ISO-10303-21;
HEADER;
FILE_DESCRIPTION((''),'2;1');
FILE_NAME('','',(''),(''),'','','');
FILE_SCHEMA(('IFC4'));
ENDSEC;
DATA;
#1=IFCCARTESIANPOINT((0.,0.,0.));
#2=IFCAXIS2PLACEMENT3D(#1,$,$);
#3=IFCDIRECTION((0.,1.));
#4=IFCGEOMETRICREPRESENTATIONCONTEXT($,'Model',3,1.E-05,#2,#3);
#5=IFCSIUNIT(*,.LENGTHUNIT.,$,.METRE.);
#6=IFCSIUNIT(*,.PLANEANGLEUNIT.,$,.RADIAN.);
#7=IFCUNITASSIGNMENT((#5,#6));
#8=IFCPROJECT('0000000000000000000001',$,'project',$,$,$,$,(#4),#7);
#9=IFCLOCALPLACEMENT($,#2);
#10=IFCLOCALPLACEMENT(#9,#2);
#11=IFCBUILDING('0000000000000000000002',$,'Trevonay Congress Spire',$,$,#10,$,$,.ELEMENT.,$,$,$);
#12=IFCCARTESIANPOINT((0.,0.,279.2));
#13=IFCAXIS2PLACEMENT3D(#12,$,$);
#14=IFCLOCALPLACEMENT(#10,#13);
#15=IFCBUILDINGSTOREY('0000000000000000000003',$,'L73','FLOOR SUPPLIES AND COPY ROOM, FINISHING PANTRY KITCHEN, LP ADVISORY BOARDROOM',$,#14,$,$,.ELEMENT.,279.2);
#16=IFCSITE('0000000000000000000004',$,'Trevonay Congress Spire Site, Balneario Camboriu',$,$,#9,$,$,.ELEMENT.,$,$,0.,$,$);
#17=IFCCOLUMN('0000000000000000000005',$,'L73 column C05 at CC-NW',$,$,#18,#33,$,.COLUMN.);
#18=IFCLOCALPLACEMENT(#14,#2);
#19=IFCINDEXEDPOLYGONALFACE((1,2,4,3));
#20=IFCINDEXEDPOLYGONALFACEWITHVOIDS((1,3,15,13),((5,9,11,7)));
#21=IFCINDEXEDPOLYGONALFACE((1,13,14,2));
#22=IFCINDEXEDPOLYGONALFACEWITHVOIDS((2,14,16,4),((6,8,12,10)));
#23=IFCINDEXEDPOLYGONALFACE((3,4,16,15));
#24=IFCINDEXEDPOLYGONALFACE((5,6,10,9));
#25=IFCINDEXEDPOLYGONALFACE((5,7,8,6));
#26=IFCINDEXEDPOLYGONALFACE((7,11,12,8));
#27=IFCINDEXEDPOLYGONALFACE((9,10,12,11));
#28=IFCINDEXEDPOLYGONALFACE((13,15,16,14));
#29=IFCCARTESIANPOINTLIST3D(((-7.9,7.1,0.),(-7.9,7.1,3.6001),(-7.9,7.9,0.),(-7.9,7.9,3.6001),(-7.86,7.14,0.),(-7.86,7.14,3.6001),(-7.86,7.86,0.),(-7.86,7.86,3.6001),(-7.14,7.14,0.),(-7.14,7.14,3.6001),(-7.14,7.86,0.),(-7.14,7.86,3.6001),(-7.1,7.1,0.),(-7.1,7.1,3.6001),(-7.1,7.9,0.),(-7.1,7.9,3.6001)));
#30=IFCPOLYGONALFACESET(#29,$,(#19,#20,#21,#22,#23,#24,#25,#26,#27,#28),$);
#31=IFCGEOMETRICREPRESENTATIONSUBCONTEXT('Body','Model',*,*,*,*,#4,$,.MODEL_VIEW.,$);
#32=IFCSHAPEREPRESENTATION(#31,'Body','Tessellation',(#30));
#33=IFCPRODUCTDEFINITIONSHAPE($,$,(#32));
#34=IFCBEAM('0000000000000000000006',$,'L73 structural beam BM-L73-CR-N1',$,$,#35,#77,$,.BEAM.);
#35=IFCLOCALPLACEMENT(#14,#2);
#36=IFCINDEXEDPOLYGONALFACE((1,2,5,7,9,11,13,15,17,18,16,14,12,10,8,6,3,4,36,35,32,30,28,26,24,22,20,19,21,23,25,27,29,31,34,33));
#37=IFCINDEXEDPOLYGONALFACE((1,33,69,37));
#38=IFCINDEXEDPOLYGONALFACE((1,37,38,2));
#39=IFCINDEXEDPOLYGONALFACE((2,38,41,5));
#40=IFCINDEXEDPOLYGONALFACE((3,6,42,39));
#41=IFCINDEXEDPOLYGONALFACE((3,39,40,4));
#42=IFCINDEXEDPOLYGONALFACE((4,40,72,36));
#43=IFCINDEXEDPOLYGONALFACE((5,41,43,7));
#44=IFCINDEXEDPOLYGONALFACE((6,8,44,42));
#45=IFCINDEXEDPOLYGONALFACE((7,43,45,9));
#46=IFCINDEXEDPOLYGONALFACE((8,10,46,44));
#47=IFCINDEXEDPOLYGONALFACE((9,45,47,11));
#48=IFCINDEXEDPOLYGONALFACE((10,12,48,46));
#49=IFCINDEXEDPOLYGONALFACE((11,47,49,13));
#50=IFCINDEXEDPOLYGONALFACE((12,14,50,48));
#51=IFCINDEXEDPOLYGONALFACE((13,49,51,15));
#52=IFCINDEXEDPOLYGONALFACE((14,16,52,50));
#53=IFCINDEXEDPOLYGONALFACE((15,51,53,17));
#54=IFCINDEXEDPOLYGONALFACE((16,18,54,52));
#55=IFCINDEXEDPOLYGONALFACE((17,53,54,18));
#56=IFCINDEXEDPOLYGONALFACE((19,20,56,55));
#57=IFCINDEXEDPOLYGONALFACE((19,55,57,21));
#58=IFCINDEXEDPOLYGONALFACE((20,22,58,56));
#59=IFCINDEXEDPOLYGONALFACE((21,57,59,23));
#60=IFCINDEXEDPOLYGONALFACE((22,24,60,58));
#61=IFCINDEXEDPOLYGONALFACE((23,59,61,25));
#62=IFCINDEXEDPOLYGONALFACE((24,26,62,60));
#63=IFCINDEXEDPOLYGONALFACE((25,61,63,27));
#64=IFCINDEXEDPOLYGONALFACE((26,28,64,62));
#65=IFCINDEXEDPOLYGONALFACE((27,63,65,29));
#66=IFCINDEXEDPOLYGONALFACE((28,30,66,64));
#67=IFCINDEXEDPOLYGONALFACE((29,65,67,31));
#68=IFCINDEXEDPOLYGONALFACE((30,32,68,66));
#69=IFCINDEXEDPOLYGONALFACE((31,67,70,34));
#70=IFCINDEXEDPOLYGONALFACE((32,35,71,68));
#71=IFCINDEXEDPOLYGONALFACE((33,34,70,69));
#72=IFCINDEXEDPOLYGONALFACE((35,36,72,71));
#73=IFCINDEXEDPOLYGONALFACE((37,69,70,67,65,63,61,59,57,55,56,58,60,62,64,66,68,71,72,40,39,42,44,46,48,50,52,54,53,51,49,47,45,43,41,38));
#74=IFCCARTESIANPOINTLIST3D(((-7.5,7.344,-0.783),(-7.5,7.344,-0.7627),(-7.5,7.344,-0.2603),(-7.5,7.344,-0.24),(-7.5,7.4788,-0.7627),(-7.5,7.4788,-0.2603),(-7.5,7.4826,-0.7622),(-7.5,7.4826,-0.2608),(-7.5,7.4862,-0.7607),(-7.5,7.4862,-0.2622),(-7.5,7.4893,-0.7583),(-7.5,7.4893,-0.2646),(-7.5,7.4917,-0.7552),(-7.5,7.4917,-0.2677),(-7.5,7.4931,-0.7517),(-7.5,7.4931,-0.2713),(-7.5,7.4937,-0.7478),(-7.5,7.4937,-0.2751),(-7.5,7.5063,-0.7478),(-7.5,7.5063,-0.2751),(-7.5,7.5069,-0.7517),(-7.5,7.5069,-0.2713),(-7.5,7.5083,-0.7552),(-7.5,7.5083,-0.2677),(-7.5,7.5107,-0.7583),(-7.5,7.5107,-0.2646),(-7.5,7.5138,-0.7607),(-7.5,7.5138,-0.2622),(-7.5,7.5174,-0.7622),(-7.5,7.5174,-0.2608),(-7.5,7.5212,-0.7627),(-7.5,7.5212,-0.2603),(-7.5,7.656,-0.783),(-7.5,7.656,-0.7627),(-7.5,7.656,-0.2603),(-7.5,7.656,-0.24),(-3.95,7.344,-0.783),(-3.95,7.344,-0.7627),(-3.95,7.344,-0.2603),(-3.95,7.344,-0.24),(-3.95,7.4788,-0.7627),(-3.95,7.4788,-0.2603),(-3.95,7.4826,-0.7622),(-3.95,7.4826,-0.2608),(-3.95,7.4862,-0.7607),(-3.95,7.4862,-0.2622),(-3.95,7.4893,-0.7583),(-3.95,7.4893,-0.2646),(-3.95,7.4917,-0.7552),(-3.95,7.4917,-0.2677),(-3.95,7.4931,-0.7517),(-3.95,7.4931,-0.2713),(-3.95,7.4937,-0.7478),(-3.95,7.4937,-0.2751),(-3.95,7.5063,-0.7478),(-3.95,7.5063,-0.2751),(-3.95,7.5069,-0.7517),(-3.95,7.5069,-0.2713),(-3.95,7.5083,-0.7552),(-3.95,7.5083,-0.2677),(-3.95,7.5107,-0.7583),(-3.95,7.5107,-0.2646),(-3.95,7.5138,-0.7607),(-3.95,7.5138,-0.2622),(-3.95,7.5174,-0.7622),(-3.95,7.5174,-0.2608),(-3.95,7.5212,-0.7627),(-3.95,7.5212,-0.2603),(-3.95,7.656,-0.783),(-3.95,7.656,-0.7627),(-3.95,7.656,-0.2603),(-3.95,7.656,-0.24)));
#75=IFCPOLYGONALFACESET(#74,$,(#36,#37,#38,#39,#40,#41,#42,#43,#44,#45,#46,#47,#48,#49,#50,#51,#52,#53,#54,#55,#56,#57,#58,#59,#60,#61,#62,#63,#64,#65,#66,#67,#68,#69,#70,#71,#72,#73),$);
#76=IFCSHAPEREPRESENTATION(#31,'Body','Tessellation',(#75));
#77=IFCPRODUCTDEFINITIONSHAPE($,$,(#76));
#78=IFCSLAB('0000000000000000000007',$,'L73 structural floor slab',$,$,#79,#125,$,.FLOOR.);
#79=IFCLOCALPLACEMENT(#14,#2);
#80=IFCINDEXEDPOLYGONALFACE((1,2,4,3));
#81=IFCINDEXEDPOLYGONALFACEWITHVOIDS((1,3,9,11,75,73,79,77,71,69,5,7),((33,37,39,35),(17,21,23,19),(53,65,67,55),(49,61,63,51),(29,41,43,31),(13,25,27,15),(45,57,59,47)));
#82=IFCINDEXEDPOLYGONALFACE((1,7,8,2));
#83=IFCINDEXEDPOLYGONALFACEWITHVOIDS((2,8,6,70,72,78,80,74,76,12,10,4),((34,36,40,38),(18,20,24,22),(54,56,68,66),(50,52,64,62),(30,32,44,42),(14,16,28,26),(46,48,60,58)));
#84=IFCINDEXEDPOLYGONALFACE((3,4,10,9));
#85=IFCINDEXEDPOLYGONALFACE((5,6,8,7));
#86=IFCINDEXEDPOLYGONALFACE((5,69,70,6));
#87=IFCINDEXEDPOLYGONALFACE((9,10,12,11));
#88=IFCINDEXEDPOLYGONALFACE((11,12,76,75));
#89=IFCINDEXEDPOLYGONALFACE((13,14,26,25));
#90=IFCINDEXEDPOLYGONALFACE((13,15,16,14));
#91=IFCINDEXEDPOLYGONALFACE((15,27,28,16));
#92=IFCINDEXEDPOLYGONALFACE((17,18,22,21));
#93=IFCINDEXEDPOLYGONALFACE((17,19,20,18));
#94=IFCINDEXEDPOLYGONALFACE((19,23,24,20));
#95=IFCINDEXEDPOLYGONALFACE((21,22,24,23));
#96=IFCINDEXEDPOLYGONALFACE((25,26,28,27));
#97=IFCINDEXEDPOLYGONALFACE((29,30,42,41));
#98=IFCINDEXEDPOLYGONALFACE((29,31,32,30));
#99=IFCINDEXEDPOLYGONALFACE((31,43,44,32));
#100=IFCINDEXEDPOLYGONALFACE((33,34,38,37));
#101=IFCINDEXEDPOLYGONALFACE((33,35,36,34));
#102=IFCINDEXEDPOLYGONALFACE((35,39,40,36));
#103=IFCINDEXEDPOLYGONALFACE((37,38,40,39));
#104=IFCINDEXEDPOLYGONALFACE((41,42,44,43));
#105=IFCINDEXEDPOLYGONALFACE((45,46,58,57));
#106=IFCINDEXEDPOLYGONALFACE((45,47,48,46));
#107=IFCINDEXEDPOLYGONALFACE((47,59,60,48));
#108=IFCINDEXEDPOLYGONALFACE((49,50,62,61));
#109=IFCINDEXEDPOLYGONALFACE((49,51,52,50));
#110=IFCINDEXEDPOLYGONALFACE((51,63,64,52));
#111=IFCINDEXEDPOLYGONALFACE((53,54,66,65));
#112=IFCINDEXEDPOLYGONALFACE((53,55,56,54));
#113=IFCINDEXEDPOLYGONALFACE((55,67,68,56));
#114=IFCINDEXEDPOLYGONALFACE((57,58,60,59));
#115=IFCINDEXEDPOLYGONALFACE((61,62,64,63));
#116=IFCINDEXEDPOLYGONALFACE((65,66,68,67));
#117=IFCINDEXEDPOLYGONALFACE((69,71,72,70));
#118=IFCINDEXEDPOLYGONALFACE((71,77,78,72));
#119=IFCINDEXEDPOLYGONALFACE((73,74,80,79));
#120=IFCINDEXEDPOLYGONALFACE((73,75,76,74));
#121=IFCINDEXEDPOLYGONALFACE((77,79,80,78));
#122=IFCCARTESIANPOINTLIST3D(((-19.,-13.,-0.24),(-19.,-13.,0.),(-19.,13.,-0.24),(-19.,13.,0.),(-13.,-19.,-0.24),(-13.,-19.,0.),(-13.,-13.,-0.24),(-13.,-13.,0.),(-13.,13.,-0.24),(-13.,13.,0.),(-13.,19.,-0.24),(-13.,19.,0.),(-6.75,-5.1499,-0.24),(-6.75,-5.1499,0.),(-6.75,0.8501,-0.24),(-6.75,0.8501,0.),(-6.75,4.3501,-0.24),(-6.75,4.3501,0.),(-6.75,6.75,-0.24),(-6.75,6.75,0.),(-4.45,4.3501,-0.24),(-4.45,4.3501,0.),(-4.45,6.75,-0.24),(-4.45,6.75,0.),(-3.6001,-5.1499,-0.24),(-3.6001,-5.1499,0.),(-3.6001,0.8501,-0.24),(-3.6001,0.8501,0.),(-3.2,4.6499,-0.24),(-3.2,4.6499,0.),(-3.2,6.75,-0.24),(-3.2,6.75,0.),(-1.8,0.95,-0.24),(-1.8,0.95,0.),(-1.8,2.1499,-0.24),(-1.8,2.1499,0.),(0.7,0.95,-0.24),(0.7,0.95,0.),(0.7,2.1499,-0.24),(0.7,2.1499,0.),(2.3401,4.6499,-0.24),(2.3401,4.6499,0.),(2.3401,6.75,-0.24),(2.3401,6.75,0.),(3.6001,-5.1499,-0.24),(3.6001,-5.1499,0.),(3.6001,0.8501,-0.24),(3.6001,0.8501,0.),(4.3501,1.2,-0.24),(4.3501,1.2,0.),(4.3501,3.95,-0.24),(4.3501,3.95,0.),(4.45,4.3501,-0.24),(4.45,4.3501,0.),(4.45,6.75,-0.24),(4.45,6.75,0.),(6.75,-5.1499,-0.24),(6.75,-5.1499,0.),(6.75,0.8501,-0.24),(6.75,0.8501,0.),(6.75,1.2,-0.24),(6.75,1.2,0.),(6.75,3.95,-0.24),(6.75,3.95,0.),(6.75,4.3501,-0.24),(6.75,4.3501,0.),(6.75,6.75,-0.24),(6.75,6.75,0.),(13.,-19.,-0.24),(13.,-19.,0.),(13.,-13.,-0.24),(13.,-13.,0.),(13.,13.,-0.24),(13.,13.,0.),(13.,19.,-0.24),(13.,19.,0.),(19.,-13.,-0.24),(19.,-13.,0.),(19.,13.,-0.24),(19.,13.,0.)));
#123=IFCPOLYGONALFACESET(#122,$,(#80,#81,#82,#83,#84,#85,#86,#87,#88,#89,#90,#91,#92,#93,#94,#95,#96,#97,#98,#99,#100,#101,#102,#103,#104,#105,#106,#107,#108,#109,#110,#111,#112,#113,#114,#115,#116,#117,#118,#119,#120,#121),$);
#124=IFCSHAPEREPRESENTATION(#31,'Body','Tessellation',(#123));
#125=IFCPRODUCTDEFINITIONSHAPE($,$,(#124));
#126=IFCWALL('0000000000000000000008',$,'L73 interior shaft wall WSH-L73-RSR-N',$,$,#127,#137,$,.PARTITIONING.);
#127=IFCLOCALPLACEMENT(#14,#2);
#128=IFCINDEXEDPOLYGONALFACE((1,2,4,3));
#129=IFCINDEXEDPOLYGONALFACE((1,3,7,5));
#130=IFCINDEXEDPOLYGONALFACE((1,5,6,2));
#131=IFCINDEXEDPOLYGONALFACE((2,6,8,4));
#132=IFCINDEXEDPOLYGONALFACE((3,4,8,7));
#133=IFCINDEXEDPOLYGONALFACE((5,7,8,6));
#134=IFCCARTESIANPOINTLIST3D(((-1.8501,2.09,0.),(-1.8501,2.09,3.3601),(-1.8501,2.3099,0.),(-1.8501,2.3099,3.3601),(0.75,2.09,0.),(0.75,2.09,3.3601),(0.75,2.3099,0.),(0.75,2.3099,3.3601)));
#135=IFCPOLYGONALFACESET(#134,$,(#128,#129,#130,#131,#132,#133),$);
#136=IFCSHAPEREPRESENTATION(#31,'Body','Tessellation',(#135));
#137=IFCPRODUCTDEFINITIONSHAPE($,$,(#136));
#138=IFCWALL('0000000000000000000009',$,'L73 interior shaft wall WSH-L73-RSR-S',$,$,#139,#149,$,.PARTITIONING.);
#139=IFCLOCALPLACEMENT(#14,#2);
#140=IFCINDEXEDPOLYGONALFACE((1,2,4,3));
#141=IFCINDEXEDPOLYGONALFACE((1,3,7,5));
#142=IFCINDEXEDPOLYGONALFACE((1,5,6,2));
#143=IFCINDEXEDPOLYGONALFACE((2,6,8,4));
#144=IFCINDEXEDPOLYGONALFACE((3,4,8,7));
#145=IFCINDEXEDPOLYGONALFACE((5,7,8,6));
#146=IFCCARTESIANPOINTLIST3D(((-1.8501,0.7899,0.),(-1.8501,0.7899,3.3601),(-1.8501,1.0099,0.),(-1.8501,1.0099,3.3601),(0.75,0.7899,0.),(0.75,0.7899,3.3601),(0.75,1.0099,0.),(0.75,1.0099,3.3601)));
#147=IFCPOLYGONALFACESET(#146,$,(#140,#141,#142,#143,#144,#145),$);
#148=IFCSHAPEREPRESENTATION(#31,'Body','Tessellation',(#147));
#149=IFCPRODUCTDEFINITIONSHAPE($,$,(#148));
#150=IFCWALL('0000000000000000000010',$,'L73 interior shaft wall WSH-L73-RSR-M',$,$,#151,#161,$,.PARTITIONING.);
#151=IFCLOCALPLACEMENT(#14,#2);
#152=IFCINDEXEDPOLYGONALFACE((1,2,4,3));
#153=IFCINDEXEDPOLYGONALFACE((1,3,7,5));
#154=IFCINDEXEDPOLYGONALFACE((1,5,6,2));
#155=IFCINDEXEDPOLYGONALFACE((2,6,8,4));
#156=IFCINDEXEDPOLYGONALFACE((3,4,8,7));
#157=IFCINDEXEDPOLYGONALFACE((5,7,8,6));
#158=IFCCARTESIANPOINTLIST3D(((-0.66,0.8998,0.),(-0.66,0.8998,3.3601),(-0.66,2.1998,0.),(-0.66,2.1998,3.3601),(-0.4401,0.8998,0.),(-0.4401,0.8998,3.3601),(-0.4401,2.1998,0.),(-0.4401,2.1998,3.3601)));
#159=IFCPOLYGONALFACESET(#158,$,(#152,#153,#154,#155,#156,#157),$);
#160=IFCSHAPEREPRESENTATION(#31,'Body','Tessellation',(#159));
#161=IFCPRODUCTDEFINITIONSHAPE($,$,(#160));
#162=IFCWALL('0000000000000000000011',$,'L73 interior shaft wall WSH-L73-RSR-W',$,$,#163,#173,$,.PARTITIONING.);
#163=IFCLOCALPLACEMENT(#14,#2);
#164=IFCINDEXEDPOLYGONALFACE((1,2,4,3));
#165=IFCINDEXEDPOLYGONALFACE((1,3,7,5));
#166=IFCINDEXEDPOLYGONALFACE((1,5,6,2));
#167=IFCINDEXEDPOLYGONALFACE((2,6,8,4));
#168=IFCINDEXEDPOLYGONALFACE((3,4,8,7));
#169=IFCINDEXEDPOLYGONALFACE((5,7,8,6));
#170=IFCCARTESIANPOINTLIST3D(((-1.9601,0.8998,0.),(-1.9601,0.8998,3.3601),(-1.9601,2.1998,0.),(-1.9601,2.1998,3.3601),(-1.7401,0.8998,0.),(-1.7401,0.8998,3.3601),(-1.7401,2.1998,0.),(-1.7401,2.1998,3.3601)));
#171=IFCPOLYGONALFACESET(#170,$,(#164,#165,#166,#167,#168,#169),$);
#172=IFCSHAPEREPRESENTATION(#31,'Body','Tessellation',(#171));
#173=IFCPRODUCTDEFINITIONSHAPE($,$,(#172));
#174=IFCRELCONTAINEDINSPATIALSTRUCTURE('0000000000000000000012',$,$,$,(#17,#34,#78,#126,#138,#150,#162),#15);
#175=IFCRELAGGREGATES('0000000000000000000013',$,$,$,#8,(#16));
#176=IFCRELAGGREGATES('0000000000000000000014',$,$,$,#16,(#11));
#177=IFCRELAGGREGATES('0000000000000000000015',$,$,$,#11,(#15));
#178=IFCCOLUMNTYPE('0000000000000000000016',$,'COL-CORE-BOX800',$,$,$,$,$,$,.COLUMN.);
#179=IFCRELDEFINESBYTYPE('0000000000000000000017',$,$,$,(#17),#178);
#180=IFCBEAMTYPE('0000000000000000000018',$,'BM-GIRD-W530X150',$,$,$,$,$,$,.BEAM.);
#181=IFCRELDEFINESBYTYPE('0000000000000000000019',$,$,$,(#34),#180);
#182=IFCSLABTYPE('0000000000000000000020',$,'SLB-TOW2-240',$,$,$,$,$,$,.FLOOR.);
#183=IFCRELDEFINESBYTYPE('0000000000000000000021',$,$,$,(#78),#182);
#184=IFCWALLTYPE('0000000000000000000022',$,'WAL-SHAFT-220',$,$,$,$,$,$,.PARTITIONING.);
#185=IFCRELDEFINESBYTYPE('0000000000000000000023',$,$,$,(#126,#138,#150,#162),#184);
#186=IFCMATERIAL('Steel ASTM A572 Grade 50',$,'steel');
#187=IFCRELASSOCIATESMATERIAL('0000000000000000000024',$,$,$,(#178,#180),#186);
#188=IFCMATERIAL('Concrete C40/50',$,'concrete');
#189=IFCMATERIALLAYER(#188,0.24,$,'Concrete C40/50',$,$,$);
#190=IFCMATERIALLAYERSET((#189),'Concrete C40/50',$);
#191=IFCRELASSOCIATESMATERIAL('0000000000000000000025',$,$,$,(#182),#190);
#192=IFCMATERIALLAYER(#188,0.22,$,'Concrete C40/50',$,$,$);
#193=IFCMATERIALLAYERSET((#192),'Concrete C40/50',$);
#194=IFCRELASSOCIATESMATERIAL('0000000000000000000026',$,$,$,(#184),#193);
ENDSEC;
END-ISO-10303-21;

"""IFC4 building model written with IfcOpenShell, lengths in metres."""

from ifc_helpers import new_model, si_unit, direction, frame, frame_2d, origin, origin_2d, place, context, subcontext, project, spatial, polyline, rectangle, hollow_rectangle, i_section, outline, extrude, material, layer, layer_set, material_profile, profile_set, type_object, element, save


model = new_model("IFC4")

# Units and contexts
model_context = context("Model", 3, precision=1e-05, world=origin(), true_north=direction((0.0, 1.0)))
body_context = subcontext(model_context, "Body", "Model", "MODEL_VIEW")
ifc_project = project(units=[si_unit("LENGTHUNIT", "METRE"), si_unit("PLANEANGLEUNIT", "RADIAN")], contexts=[model_context])

# Site, building, storey
site_placement = place(None, origin())
site = spatial("IfcSite", under=ifc_project, at=site_placement, Name="Trevonay Congress Spire Site, Balneario Camboriu", CompositionType="ELEMENT", RefElevation=0.0)
building_placement = place(site_placement, origin())
building = spatial("IfcBuilding", under=site, at=building_placement, Name="Trevonay Congress Spire", CompositionType="ELEMENT")
storey_placement = place(building_placement, frame((0.0, 0.0, 279.2)))
storey = spatial("IfcBuildingStorey", under=building, at=storey_placement, Name="L73", Description="FLOOR SUPPLIES AND COPY ROOM, FINISHING PANTRY KITCHEN, LP ADVISORY BOARDROOM", CompositionType="ELEMENT", Elevation=279.2)

# Column
ifc_material_1 = material(Name="Steel ASTM A572 Grade 50", Category="steel")
ifc_material_profile_1 = material_profile(ifc_material_1, hollow_rectangle(XDim=0.8, YDim=0.8, WallThickness=0.04, at=origin_2d()), Name="BOX 800x800x40")
ifc_profile_set_1 = profile_set([ifc_material_profile_1], Name="Steel ASTM A572 Grade 50")
column_type = type_object("IfcColumnType", Name="COL-CORE-BOX800", PredefinedType="COLUMN", material=ifc_profile_set_1)
column_placement = place(storey_placement, frame((-7.5, 7.5, 0.0), z_axis=(0.0, 0.0, 1.0), x_axis=(1.0, 0.0, 0.0)))
element("IfcColumn", 1, at=column_placement, inside=storey, type_object=column_type, Name="L73 column C05 at CC-NW", PredefinedType="COLUMN", context=body_context, shape_type="SweptSolid", body=[
    extrude(hollow_rectangle(XDim=0.8, YDim=0.8, WallThickness=0.04, at=origin_2d()), origin(), (0.0, 0.0, 1.0), 3.6001),
])

# Beam
ifc_material_profile_2 = material_profile(ifc_material_1, i_section(OverallWidth=0.312, OverallDepth=0.543, WebThickness=0.0127, FlangeThickness=0.0203, FilletRadius=0.0149, at=origin_2d()), Name="W530x150")
ifc_profile_set_2 = profile_set([ifc_material_profile_2], Name="Steel ASTM A572 Grade 50")
beam_type = type_object("IfcBeamType", Name="BM-GIRD-W530X150", PredefinedType="BEAM", material=ifc_profile_set_2)
beam_placement = place(storey_placement, frame((-7.5, 7.5, -0.5115), z_axis=(1.0, 0.0, 0.0), x_axis=(0.0, 1.0, 0.0)))
element("IfcBeam", 2, at=beam_placement, inside=storey, type_object=beam_type, Name="L73 structural beam BM-L73-CR-N1", PredefinedType="BEAM", context=body_context, shape_type="SweptSolid", body=[
    extrude(i_section(OverallWidth=0.312, OverallDepth=0.543, WebThickness=0.0127, FlangeThickness=0.0203, FilletRadius=0.0149, at=origin_2d()), origin(), (0.0, 0.0, 1.0), 3.55),
])

# Slab
ifc_material_2 = material(Name="Concrete C40/50", Category="concrete")
ifc_layer_1 = layer(ifc_material_2, 0.24, Name="Concrete C40/50")
ifc_layer_set_1 = layer_set([ifc_layer_1], Name="Concrete C40/50")
slab_type = type_object("IfcSlabType", Name="SLB-TOW2-240", PredefinedType="FLOOR", material=ifc_layer_set_1)
slab_placement = place(storey_placement, frame((0.0, 0.0, -0.24)))
element("IfcSlab", 3, at=slab_placement, inside=storey, type_object=slab_type, Name="L73 structural floor slab", PredefinedType="FLOOR", context=body_context, shape_type="SweptSolid", body=[
    extrude(outline(polyline([(-13.0, -19.0), (13.0, -19.0), (13.0, -13.0), (19.0, -13.0), (19.0, 13.0), (13.0, 13.0), (13.0, 19.0), (-13.0, 19.0), (-13.0, 13.0), (-19.0, 13.0), (-19.0, -13.0), (-13.0, -13.0), (-13.0, -19.0)]), holes=[polyline([(-3.6001, -5.1499), (-3.6001, 0.8501), (-6.75, 0.8501), (-6.75, -5.1499), (-3.6001, -5.1499)]), polyline([(6.75, -5.1499), (6.75, 0.8501), (3.6001, 0.8501), (3.6001, -5.1499), (6.75, -5.1499)]), polyline([(-3.2, 4.6499), (2.3401, 4.6499), (2.3401, 6.75), (-3.2, 6.75), (-3.2, 4.6499)]), polyline([(-6.75, 4.3501), (-4.45, 4.3501), (-4.45, 6.75), (-6.75, 6.75), (-6.75, 4.3501)]), polyline([(4.45, 4.3501), (6.75, 4.3501), (6.75, 6.75), (4.45, 6.75), (4.45, 4.3501)]), polyline([(4.3501, 1.2), (6.75, 1.2), (6.75, 3.95), (4.3501, 3.95), (4.3501, 1.2)]), polyline([(-1.8, 0.95), (0.7, 0.95), (0.7, 2.1499), (-1.8, 2.1499), (-1.8, 0.95)])]), origin(), (0.0, 0.0, 1.0), 0.24),
])

# Walls
ifc_layer_2 = layer(ifc_material_2, 0.22, Name="Concrete C40/50")
ifc_layer_set_2 = layer_set([ifc_layer_2], Name="Concrete C40/50")
wall_type_1 = type_object("IfcWallType", Name="WAL-SHAFT-220", PredefinedType="PARTITIONING", material=ifc_layer_set_2)
for number, where, z_axis, x_axis, name in (
    (4, (-1.8501, 2.2, 0.0), (0.0, 0.0, 1.0), (1.0, 0.0, 0.0), "L73 interior shaft wall WSH-L73-RSR-N"),
    (5, (-1.8501, 0.8999, 0.0), (0.0, 0.0, 1.0), (1.0, 0.0, 0.0), "L73 interior shaft wall WSH-L73-RSR-S"),
):
    element("IfcWall", number, at=place(storey_placement, frame(where, z_axis=z_axis, x_axis=x_axis)), inside=storey, type_object=wall_type_1, Name=name, PredefinedType="PARTITIONING", context=body_context, shape_type="SweptSolid", body=[
        extrude(rectangle(XDim=2.6001, YDim=0.22, at=frame_2d((1.3, 0.0))), origin(), (0.0, 0.0, 1.0), 3.3601),
    ])
for number, where, z_axis, x_axis, name in (
    (6, (-0.55, 0.8999, 0.0), (0.0, 0.0, 1.0), (0.0, 1.0, 0.0), "L73 interior shaft wall WSH-L73-RSR-M"),
    (7, (-1.8501, 0.8999, 0.0), (0.0, 0.0, 1.0), (0.0, 1.0, 0.0), "L73 interior shaft wall WSH-L73-RSR-W"),
):
    element("IfcWall", number, at=place(storey_placement, frame(where, z_axis=z_axis, x_axis=x_axis)), inside=storey, type_object=wall_type_1, Name=name, PredefinedType="PARTITIONING", context=body_context, shape_type="SweptSolid", body=[
        extrude(rectangle(XDim=1.3, YDim=0.22, at=frame_2d((0.6499, 0.0))), origin(), (0.0, 0.0, 1.0), 3.3601),
    ])

save(model, "model.ifc")
